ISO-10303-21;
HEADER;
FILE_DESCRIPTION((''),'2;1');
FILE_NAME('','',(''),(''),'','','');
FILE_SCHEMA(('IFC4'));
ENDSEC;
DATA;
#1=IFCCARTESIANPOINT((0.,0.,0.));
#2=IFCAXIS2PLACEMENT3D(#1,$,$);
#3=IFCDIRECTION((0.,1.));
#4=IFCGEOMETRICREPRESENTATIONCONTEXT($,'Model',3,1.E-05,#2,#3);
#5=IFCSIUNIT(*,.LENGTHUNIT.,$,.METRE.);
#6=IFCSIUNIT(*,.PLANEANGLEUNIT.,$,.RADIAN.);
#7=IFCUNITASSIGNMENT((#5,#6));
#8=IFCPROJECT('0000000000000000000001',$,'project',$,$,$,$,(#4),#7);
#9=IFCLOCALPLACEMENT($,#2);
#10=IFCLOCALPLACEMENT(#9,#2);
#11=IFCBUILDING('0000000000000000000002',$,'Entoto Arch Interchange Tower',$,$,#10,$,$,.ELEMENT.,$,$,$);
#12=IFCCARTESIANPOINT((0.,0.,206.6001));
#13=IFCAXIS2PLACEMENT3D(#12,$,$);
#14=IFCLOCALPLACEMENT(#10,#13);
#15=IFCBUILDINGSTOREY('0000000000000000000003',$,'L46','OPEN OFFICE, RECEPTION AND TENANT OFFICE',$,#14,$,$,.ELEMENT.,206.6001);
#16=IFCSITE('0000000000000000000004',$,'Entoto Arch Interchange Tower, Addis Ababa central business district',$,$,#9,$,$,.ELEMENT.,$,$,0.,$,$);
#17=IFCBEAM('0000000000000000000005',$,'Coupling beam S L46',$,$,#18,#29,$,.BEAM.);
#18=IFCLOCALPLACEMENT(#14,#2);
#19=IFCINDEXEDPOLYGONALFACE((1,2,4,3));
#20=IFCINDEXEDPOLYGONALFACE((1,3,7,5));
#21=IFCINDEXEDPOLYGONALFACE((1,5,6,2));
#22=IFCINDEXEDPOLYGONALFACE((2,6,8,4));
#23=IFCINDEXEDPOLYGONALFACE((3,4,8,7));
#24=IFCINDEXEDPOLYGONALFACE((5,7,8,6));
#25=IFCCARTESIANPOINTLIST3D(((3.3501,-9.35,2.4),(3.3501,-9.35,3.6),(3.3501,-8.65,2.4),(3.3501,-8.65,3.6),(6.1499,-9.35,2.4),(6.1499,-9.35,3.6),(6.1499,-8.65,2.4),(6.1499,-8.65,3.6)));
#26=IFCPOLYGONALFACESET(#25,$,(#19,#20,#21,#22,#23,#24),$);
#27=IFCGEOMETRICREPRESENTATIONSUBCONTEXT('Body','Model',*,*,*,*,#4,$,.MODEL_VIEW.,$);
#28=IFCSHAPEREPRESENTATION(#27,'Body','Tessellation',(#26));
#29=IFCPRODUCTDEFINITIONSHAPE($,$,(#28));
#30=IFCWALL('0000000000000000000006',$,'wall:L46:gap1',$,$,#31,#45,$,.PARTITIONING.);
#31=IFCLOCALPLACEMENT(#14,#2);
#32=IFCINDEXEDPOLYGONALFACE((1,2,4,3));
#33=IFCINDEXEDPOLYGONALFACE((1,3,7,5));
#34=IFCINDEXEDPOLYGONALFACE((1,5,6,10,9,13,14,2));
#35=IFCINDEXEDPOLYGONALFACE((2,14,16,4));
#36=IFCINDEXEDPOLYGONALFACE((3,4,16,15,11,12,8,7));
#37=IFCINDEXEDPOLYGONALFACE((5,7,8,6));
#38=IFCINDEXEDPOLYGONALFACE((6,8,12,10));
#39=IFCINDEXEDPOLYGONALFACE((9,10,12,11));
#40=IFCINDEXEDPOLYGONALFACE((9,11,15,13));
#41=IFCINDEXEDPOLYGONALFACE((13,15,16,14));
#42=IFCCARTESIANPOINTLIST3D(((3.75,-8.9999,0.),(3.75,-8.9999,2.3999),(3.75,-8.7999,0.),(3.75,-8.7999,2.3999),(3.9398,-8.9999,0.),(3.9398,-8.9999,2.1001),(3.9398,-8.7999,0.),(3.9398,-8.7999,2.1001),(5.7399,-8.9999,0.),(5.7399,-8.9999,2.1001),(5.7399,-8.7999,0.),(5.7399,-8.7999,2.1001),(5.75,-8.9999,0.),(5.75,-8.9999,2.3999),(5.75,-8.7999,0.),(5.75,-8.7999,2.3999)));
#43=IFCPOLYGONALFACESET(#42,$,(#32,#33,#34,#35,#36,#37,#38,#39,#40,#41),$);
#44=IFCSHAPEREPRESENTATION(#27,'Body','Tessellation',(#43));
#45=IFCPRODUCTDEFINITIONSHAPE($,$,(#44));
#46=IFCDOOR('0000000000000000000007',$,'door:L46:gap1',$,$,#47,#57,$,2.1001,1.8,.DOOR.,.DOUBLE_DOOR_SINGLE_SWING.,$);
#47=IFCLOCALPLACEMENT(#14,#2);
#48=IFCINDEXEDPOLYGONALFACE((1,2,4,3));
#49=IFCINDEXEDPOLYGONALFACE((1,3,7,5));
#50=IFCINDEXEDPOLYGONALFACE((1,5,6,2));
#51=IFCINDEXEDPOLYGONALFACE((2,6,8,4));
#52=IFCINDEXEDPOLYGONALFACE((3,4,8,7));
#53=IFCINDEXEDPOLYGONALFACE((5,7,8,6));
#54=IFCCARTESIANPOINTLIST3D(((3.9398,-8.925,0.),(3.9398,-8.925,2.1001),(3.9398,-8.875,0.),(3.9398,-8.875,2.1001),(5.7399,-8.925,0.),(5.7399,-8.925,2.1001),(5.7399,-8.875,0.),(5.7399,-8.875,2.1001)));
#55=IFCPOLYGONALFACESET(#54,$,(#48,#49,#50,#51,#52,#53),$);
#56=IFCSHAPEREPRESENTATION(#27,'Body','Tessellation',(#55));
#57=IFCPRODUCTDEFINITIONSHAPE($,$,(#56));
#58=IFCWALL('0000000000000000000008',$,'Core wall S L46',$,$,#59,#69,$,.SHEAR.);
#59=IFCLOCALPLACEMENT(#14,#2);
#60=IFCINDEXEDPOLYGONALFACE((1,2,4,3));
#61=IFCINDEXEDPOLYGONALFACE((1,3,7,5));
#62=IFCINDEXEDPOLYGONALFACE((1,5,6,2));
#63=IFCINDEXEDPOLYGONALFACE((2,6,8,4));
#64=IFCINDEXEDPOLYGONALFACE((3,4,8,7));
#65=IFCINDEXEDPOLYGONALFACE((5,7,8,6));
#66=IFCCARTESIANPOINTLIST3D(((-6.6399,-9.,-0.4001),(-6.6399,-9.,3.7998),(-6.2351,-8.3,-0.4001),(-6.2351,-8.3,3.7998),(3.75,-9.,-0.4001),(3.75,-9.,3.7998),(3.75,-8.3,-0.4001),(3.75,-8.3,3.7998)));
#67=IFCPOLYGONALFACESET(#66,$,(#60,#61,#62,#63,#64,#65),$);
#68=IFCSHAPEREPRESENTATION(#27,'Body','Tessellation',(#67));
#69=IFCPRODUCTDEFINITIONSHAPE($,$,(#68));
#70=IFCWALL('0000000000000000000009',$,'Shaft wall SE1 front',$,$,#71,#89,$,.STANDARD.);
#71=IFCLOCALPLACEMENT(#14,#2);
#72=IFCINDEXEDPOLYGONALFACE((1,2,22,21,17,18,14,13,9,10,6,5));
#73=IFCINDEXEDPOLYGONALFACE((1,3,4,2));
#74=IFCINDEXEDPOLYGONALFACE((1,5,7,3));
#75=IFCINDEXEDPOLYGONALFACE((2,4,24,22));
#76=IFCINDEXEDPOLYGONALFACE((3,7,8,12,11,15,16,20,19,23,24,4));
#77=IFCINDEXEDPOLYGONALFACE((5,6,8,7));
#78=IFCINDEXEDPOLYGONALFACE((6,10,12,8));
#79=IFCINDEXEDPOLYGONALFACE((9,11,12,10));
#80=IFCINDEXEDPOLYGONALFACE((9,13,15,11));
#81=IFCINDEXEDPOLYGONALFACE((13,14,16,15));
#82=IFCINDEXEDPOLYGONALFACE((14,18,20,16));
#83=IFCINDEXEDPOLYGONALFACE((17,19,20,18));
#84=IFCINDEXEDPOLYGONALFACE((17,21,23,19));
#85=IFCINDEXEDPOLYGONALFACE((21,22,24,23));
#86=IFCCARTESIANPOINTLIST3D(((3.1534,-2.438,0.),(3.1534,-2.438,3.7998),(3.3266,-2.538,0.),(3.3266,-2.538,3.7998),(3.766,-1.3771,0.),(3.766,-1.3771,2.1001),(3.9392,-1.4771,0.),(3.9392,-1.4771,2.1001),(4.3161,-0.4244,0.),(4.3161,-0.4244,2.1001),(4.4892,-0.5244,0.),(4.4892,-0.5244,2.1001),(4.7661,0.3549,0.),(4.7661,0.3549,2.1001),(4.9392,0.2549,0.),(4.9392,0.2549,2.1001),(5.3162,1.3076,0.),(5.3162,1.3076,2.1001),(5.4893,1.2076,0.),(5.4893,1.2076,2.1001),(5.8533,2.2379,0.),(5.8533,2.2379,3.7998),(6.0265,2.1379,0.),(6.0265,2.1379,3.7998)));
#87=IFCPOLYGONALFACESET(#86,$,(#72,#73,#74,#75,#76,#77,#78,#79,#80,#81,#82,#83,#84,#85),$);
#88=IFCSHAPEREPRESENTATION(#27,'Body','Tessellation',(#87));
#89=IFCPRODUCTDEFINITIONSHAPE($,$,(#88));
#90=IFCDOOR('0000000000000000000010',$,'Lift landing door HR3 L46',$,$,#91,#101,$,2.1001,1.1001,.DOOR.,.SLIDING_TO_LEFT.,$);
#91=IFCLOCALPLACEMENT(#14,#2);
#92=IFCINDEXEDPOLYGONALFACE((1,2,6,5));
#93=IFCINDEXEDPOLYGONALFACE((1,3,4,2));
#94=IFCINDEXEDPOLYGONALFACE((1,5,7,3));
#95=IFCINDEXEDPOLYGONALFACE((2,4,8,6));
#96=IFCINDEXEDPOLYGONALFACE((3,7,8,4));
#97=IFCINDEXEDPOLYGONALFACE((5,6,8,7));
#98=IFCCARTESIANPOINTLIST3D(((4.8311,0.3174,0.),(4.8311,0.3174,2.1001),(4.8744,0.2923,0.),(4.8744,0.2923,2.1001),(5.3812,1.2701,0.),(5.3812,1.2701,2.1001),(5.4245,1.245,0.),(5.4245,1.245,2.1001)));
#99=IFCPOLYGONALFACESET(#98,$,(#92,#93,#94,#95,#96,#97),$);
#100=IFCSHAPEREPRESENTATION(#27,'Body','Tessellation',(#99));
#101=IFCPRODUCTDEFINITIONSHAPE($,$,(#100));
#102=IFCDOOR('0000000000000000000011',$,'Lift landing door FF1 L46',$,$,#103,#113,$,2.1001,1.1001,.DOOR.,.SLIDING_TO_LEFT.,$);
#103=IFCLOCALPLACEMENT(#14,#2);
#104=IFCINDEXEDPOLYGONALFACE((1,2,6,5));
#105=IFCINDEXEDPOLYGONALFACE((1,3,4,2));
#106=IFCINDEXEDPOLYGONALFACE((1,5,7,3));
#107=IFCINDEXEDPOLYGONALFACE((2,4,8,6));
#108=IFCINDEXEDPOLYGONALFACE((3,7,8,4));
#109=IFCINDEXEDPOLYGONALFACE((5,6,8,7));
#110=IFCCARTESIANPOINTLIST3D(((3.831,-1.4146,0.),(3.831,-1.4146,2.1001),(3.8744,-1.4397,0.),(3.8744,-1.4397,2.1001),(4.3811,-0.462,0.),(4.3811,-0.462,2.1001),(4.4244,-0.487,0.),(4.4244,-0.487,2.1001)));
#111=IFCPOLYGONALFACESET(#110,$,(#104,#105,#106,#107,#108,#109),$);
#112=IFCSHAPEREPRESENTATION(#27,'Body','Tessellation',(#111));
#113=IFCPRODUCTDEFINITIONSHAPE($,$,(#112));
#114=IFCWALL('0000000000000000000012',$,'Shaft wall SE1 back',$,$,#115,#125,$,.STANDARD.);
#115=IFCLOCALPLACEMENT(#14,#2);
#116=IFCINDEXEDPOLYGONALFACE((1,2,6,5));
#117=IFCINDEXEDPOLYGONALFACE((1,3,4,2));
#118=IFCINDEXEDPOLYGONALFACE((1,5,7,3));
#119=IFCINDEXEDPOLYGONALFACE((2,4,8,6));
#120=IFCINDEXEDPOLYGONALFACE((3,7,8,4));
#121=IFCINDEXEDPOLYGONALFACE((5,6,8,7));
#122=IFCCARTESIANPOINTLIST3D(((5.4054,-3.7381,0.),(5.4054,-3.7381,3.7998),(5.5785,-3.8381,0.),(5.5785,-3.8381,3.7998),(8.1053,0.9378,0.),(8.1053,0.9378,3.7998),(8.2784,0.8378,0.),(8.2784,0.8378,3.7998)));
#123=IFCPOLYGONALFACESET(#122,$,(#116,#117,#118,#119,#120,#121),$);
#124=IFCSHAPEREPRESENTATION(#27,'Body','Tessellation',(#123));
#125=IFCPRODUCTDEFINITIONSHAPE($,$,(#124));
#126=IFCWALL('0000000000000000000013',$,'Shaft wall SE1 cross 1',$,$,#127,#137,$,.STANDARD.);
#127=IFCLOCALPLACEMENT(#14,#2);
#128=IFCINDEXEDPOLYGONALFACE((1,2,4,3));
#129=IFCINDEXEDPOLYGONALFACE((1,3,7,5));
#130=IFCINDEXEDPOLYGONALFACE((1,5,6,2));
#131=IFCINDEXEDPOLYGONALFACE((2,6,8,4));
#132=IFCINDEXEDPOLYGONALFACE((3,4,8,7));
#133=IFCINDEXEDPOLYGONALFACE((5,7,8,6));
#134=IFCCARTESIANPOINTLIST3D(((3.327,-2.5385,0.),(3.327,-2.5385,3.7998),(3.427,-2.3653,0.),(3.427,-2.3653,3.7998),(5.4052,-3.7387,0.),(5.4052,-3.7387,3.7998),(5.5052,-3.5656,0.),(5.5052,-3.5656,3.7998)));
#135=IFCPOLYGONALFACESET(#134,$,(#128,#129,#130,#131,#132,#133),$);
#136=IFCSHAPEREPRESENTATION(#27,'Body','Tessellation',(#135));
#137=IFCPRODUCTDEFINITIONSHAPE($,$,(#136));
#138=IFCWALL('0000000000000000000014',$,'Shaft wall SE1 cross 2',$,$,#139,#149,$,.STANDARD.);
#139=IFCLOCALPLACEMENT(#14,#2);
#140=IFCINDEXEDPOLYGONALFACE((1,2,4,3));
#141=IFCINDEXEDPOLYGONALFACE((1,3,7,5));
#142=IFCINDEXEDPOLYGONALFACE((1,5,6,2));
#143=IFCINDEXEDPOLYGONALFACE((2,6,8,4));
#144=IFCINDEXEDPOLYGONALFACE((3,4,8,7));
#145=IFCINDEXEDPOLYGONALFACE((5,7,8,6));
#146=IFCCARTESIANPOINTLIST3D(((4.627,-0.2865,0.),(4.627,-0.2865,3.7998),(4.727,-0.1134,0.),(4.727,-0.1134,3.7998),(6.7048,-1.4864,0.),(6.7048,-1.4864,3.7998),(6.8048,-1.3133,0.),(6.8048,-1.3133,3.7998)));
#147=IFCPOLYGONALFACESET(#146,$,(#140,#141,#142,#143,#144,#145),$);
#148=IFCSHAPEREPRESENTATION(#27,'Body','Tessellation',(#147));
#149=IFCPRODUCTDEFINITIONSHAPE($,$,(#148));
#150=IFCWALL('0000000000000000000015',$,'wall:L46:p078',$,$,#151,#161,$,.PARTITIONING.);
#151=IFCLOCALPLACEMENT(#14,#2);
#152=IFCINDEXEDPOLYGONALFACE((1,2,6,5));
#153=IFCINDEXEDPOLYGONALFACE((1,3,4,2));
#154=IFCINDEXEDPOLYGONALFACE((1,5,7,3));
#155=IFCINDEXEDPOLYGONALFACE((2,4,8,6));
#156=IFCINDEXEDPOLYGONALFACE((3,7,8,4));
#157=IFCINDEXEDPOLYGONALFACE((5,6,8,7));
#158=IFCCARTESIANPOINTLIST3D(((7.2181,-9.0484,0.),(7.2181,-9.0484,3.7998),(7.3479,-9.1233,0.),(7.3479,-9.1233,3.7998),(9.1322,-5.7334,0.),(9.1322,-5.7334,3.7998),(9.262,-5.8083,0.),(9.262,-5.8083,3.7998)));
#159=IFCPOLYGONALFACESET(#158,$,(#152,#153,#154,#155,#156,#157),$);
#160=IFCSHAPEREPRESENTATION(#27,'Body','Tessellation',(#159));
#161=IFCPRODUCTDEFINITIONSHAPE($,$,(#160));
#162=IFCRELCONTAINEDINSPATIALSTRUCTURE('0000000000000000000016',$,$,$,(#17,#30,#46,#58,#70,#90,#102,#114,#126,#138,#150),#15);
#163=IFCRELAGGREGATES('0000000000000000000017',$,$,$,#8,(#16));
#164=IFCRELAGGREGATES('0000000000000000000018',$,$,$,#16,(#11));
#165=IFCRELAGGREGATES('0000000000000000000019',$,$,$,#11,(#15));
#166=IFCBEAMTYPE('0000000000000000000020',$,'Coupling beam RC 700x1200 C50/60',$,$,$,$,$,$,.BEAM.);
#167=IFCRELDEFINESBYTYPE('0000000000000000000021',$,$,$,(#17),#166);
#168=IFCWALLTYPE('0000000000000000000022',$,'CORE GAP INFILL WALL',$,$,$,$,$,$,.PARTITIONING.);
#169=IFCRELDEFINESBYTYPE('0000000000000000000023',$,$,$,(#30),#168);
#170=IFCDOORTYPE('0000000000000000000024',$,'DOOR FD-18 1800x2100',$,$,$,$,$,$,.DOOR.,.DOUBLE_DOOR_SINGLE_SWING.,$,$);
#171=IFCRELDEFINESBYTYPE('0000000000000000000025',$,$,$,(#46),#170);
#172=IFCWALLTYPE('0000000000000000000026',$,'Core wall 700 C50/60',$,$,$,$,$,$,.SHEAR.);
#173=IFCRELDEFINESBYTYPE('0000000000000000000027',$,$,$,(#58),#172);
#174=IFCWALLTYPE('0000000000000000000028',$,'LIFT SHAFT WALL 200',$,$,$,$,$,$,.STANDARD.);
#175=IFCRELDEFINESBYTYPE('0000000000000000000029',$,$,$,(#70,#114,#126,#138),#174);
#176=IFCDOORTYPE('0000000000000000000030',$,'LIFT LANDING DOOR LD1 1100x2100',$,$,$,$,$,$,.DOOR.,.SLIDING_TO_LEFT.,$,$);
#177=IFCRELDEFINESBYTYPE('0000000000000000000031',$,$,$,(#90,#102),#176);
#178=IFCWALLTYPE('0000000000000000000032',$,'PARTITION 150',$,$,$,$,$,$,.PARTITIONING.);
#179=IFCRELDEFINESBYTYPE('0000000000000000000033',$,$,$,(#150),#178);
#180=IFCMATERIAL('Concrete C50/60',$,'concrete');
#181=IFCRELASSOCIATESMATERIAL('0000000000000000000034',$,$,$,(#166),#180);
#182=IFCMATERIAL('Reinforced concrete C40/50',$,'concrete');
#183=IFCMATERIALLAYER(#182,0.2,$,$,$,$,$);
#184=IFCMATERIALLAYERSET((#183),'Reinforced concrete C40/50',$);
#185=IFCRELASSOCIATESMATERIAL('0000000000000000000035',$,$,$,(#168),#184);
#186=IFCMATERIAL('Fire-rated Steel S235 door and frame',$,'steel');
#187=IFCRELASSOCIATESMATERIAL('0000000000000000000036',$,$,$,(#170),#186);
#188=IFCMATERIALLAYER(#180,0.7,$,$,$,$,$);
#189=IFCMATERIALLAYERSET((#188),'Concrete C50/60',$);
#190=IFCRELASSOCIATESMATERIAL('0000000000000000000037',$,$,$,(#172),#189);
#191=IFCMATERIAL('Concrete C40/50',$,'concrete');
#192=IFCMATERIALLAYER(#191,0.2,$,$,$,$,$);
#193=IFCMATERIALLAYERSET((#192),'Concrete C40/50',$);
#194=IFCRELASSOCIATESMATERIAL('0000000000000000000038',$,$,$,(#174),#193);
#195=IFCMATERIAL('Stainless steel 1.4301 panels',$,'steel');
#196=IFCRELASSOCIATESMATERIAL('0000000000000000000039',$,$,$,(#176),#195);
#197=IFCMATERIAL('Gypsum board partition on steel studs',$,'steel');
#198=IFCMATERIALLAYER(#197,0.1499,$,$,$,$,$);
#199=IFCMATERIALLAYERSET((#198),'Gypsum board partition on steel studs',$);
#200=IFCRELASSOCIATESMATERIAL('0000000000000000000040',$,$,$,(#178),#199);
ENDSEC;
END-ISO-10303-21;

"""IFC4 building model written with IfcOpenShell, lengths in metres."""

from ifc_helpers import new_model, si_unit, direction, frame, frame_2d, origin, origin_2d, place, context, subcontext, project, spatial, polyline, rectangle, outline, extrude, material, layer, layer_set, material_profile, profile_set, type_object, element, fill, save


model = new_model("IFC4")

# Units and contexts
model_context = context("Model", 3, precision=1e-05, world=origin(), true_north=direction((0.0, 1.0)))
body_context = subcontext(model_context, "Body", "Model", "MODEL_VIEW")
ifc_project = project(units=[si_unit("LENGTHUNIT", "METRE"), si_unit("PLANEANGLEUNIT", "RADIAN")], contexts=[model_context])

# Site, building, storey
site_placement = place(None, origin())
site = spatial("IfcSite", under=ifc_project, at=site_placement, Name="Entoto Arch Interchange Tower, Addis Ababa central business district", CompositionType="ELEMENT", RefElevation=0.0)
building_placement = place(site_placement, origin())
building = spatial("IfcBuilding", under=site, at=building_placement, Name="Entoto Arch Interchange Tower", CompositionType="ELEMENT")
storey_placement = place(building_placement, frame((0.0, 0.0, 206.6001)))
storey = spatial("IfcBuildingStorey", under=building, at=storey_placement, Name="L46", Description="OPEN OFFICE, RECEPTION AND TENANT OFFICE", CompositionType="ELEMENT", Elevation=206.6001)

# Beam
ifc_material_1 = material(Name="Concrete C50/60", Category="concrete")
ifc_material_profile = material_profile(ifc_material_1, rectangle(XDim=0.7, YDim=1.2, at=origin_2d()))
ifc_profile_set = profile_set([ifc_material_profile], Name="Concrete C50/60")
beam_type = type_object("IfcBeamType", Name="Coupling beam RC 700x1200 C50/60", PredefinedType="BEAM", material=ifc_profile_set)
beam_placement = place(storey_placement, frame((3.3501, -9.0, 3.0), z_axis=(1.0, 0.0, 0.0), x_axis=(0.0, 1.0, 0.0)))
element("IfcBeam", 1, at=beam_placement, inside=storey, type_object=beam_type, Name="Coupling beam S L46", PredefinedType="BEAM", context=body_context, shape_type="SweptSolid", body=[
    extrude(rectangle(XDim=0.7, YDim=1.2, at=origin_2d()), origin(), (0.0, 0.0, 1.0), 2.7998),
])

# Wall, opening, door
ifc_material_2 = material(Name="Reinforced concrete C40/50", Category="concrete")
ifc_layer_1 = layer(ifc_material_2, 0.2)
ifc_layer_set_1 = layer_set([ifc_layer_1], Name="Reinforced concrete C40/50")
wall_type_1 = type_object("IfcWallType", Name="CORE GAP INFILL WALL", PredefinedType="PARTITIONING", material=ifc_layer_set_1)
wall_1_placement = place(storey_placement, frame((3.75, -8.8999, 0.0), z_axis=(0.0, 0.0, 1.0), x_axis=(1.0, 0.0, 0.0)))
wall_1 = element("IfcWall", 2, at=wall_1_placement, inside=storey, type_object=wall_type_1, Name="wall:L46:gap1", PredefinedType="PARTITIONING", context=body_context, shape_type="SweptSolid", body=[
    extrude(rectangle(XDim=2.0, YDim=0.2, at=frame_2d((1.0, 0.0))), origin(), (0.0, 0.0, 1.0), 2.3999),
])
opening_1_placement = place(wall_1_placement, frame((0.1899, 0.0, 0.0)))
opening_1 = element("IfcOpeningElement", 3, at=opening_1_placement, cuts=wall_1, PredefinedType="OPENING", context=body_context, shape_type="SweptSolid", body=[
    extrude(rectangle(XDim=1.8, YDim=2.1001, at=frame_2d((0.8999, 1.05))), frame((0.0, 0.1099, 0.0), z_axis=(0.0, -1.0, 0.0), x_axis=(1.0, 0.0, 0.0)), (0.0, 0.0, 1.0), 0.22),
])
ifc_material_3 = material(Name="Fire-rated Steel S235 door and frame", Category="steel")
door_type_1 = type_object("IfcDoorType", Name="DOOR FD-18 1800x2100", OperationType="DOUBLE_DOOR_SINGLE_SWING", PredefinedType="DOOR", material=ifc_material_3)
door_1_placement = place(opening_1_placement, origin())
door_1 = element("IfcDoor", 4, at=door_1_placement, inside=storey, type_object=door_type_1, Name="door:L46:gap1", OperationType="DOUBLE_DOOR_SINGLE_SWING", OverallHeight=2.1001, OverallWidth=1.8, PredefinedType="DOOR", context=body_context, shape_type="SweptSolid", body=[
    extrude(rectangle(XDim=1.8, YDim=2.1001, at=frame_2d((0.8999, 1.05))), frame((0.0, 0.0249, 0.0), z_axis=(0.0, -1.0, 0.0), x_axis=(1.0, 0.0, 0.0)), (0.0, 0.0, 1.0), 0.05),
])
fill(opening_1, door_1)

# Wall
ifc_layer_2 = layer(ifc_material_1, 0.7)
ifc_layer_set_2 = layer_set([ifc_layer_2], Name="Concrete C50/60")
wall_type_2 = type_object("IfcWallType", Name="Core wall 700 C50/60", PredefinedType="SHEAR", material=ifc_layer_set_2)
wall_2_placement = place(storey_placement, frame((0.0, 0.0, -0.4001)))
element("IfcWall", 5, at=wall_2_placement, inside=storey, type_object=wall_type_2, Name="Core wall S L46", PredefinedType="SHEAR", context=body_context, shape_type="SweptSolid", body=[
    extrude(outline(polyline([(3.75, -9.0), (3.75, -8.3), (-6.2351, -8.3), (-6.6399, -9.0), (3.75, -9.0)])), origin(), (0.0, 0.0, 1.0), 4.2),
])

# Wall, openings, doors
ifc_material_4 = material(Name="Concrete C40/50", Category="concrete")
ifc_layer_3 = layer(ifc_material_4, 0.2)
ifc_layer_set_3 = layer_set([ifc_layer_3], Name="Concrete C40/50")
wall_type_3 = type_object("IfcWallType", Name="LIFT SHAFT WALL 200", PredefinedType="STANDARD", material=ifc_layer_set_3)
wall_3_placement = place(storey_placement, frame((3.24, -2.488, 0.0), z_axis=(0.0, 0.0, 1.0), x_axis=(0.500034, 0.866006, 0.0)))
wall_3 = element("IfcWall", 6, at=wall_3_placement, inside=storey, type_object=wall_type_3, Name="Shaft wall SE1 front", PredefinedType="STANDARD", context=body_context, shape_type="SweptSolid", body=[
    extrude(rectangle(XDim=5.3994, YDim=0.2, at=frame_2d((2.6997, 0.0))), origin(), (0.0, 0.0, 1.0), 3.7998),
])
opening_2_placement = place(wall_3_placement, frame((3.2251, 0.0, 0.0)))
opening_2 = element("IfcOpeningElement", 7, at=opening_2_placement, cuts=wall_3, PredefinedType="OPENING", context=body_context, shape_type="SweptSolid", body=[
    extrude(rectangle(XDim=1.1001, YDim=2.1001, at=frame_2d((0.55, 1.05))), frame((0.0, 0.1099, 0.0), z_axis=(0.0, -1.0, 0.0), x_axis=(1.0, 0.0, 0.0)), (0.0, 0.0, 1.0), 0.22),
])
opening_3_placement = place(wall_3_placement, frame((1.2251, 0.0, 0.0)))
opening_3 = element("IfcOpeningElement", 8, at=opening_3_placement, cuts=wall_3, PredefinedType="OPENING", context=body_context, shape_type="SweptSolid", body=[
    extrude(rectangle(XDim=1.1001, YDim=2.1001, at=frame_2d((0.55, 1.05))), frame((0.0, 0.1099, 0.0), z_axis=(0.0, -1.0, 0.0), x_axis=(1.0, 0.0, 0.0)), (0.0, 0.0, 1.0), 0.22),
])
ifc_material_5 = material(Name="Stainless steel 1.4301 panels", Category="steel")
door_type_2 = type_object("IfcDoorType", Name="LIFT LANDING DOOR LD1 1100x2100", OperationType="SLIDING_TO_LEFT", PredefinedType="DOOR", material=ifc_material_5)
door_2_placement = place(opening_2_placement, origin())
door_2 = element("IfcDoor", 9, at=door_2_placement, inside=storey, type_object=door_type_2, Name="Lift landing door HR3 L46", OperationType="SLIDING_TO_LEFT", OverallHeight=2.1001, OverallWidth=1.1001, PredefinedType="DOOR", context=body_context, shape_type="SweptSolid", body=[
    extrude(rectangle(XDim=1.1001, YDim=2.1001, at=frame_2d((0.55, 1.05))), frame((0.0, 0.0249, 0.0), z_axis=(0.0, -1.0, 0.0), x_axis=(1.0, 0.0, 0.0)), (0.0, 0.0, 1.0), 0.05),
])
fill(opening_2, door_2)
door_3_placement = place(opening_3_placement, origin())
door_3 = element("IfcDoor", 10, at=door_3_placement, inside=storey, type_object=door_type_2, Name="Lift landing door FF1 L46", OperationType="SLIDING_TO_LEFT", OverallHeight=2.1001, OverallWidth=1.1001, PredefinedType="DOOR", context=body_context, shape_type="SweptSolid", body=[
    extrude(rectangle(XDim=1.1001, YDim=2.1001, at=frame_2d((0.55, 1.05))), frame((0.0, 0.0249, 0.0), z_axis=(0.0, -1.0, 0.0), x_axis=(1.0, 0.0, 0.0)), (0.0, 0.0, 1.0), 0.05),
])
fill(opening_3, door_3)

# Walls
wall_4_placement = place(storey_placement, frame((5.4919, -3.7881, 0.0), z_axis=(0.0, 0.0, 1.0), x_axis=(0.500034, 0.866006, 0.0)))
element("IfcWall", 11, at=wall_4_placement, inside=storey, type_object=wall_type_3, Name="Shaft wall SE1 back", PredefinedType="STANDARD", context=body_context, shape_type="SweptSolid", body=[
    extrude(rectangle(XDim=5.3994, YDim=0.2, at=frame_2d((2.6997, 0.0))), origin(), (0.0, 0.0, 1.0), 3.7998),
])
wall_5_placement = place(storey_placement, frame((3.377, -2.4519, 0.0), z_axis=(0.0, 0.0, 1.0), x_axis=(0.865955, -0.500122, 0.0)))
element("IfcWall", 12, at=wall_5_placement, inside=storey, type_object=wall_type_3, Name="Shaft wall SE1 cross 1", PredefinedType="STANDARD", context=body_context, shape_type="SweptSolid", body=[
    extrude(rectangle(XDim=2.3999, YDim=0.2, at=frame_2d((1.2, 0.0))), origin(), (0.0, 0.0, 1.0), 3.7998),
])
wall_6_placement = place(storey_placement, frame((4.677, -0.2, 0.0), z_axis=(0.0, 0.0, 1.0), x_axis=(0.865974, -0.500089, 0.0)))
element("IfcWall", 13, at=wall_6_placement, inside=storey, type_object=wall_type_3, Name="Shaft wall SE1 cross 2", PredefinedType="STANDARD", context=body_context, shape_type="SweptSolid", body=[
    extrude(rectangle(XDim=2.3994, YDim=0.2, at=frame_2d((1.1997, 0.0))), origin(), (0.0, 0.0, 1.0), 3.7998),
])
ifc_material_6 = material(Name="Gypsum board partition on steel studs", Category="steel")
ifc_layer_4 = layer(ifc_material_6, 0.1499)
ifc_layer_set_4 = layer_set([ifc_layer_4], Name="Gypsum board partition on steel studs")
wall_type_4 = type_object("IfcWallType", Name="PARTITION 150", PredefinedType="PARTITIONING", material=ifc_layer_set_4)
wall_7_placement = place(storey_placement, frame((7.283, -9.0859, 0.0), z_axis=(0.0, 0.0, 1.0), x_axis=(0.500035, 0.866005, 0.0)))
element("IfcWall", 14, at=wall_7_placement, inside=storey, type_object=wall_type_4, Name="wall:L46:p078", PredefinedType="PARTITIONING", context=body_context, shape_type="SweptSolid", body=[
    extrude(rectangle(XDim=3.8279, YDim=0.1499, at=frame_2d((1.9141, 0.0))), origin(), (0.0, 0.0, 1.0), 3.7998),
])

save(model, "model.ifc")
